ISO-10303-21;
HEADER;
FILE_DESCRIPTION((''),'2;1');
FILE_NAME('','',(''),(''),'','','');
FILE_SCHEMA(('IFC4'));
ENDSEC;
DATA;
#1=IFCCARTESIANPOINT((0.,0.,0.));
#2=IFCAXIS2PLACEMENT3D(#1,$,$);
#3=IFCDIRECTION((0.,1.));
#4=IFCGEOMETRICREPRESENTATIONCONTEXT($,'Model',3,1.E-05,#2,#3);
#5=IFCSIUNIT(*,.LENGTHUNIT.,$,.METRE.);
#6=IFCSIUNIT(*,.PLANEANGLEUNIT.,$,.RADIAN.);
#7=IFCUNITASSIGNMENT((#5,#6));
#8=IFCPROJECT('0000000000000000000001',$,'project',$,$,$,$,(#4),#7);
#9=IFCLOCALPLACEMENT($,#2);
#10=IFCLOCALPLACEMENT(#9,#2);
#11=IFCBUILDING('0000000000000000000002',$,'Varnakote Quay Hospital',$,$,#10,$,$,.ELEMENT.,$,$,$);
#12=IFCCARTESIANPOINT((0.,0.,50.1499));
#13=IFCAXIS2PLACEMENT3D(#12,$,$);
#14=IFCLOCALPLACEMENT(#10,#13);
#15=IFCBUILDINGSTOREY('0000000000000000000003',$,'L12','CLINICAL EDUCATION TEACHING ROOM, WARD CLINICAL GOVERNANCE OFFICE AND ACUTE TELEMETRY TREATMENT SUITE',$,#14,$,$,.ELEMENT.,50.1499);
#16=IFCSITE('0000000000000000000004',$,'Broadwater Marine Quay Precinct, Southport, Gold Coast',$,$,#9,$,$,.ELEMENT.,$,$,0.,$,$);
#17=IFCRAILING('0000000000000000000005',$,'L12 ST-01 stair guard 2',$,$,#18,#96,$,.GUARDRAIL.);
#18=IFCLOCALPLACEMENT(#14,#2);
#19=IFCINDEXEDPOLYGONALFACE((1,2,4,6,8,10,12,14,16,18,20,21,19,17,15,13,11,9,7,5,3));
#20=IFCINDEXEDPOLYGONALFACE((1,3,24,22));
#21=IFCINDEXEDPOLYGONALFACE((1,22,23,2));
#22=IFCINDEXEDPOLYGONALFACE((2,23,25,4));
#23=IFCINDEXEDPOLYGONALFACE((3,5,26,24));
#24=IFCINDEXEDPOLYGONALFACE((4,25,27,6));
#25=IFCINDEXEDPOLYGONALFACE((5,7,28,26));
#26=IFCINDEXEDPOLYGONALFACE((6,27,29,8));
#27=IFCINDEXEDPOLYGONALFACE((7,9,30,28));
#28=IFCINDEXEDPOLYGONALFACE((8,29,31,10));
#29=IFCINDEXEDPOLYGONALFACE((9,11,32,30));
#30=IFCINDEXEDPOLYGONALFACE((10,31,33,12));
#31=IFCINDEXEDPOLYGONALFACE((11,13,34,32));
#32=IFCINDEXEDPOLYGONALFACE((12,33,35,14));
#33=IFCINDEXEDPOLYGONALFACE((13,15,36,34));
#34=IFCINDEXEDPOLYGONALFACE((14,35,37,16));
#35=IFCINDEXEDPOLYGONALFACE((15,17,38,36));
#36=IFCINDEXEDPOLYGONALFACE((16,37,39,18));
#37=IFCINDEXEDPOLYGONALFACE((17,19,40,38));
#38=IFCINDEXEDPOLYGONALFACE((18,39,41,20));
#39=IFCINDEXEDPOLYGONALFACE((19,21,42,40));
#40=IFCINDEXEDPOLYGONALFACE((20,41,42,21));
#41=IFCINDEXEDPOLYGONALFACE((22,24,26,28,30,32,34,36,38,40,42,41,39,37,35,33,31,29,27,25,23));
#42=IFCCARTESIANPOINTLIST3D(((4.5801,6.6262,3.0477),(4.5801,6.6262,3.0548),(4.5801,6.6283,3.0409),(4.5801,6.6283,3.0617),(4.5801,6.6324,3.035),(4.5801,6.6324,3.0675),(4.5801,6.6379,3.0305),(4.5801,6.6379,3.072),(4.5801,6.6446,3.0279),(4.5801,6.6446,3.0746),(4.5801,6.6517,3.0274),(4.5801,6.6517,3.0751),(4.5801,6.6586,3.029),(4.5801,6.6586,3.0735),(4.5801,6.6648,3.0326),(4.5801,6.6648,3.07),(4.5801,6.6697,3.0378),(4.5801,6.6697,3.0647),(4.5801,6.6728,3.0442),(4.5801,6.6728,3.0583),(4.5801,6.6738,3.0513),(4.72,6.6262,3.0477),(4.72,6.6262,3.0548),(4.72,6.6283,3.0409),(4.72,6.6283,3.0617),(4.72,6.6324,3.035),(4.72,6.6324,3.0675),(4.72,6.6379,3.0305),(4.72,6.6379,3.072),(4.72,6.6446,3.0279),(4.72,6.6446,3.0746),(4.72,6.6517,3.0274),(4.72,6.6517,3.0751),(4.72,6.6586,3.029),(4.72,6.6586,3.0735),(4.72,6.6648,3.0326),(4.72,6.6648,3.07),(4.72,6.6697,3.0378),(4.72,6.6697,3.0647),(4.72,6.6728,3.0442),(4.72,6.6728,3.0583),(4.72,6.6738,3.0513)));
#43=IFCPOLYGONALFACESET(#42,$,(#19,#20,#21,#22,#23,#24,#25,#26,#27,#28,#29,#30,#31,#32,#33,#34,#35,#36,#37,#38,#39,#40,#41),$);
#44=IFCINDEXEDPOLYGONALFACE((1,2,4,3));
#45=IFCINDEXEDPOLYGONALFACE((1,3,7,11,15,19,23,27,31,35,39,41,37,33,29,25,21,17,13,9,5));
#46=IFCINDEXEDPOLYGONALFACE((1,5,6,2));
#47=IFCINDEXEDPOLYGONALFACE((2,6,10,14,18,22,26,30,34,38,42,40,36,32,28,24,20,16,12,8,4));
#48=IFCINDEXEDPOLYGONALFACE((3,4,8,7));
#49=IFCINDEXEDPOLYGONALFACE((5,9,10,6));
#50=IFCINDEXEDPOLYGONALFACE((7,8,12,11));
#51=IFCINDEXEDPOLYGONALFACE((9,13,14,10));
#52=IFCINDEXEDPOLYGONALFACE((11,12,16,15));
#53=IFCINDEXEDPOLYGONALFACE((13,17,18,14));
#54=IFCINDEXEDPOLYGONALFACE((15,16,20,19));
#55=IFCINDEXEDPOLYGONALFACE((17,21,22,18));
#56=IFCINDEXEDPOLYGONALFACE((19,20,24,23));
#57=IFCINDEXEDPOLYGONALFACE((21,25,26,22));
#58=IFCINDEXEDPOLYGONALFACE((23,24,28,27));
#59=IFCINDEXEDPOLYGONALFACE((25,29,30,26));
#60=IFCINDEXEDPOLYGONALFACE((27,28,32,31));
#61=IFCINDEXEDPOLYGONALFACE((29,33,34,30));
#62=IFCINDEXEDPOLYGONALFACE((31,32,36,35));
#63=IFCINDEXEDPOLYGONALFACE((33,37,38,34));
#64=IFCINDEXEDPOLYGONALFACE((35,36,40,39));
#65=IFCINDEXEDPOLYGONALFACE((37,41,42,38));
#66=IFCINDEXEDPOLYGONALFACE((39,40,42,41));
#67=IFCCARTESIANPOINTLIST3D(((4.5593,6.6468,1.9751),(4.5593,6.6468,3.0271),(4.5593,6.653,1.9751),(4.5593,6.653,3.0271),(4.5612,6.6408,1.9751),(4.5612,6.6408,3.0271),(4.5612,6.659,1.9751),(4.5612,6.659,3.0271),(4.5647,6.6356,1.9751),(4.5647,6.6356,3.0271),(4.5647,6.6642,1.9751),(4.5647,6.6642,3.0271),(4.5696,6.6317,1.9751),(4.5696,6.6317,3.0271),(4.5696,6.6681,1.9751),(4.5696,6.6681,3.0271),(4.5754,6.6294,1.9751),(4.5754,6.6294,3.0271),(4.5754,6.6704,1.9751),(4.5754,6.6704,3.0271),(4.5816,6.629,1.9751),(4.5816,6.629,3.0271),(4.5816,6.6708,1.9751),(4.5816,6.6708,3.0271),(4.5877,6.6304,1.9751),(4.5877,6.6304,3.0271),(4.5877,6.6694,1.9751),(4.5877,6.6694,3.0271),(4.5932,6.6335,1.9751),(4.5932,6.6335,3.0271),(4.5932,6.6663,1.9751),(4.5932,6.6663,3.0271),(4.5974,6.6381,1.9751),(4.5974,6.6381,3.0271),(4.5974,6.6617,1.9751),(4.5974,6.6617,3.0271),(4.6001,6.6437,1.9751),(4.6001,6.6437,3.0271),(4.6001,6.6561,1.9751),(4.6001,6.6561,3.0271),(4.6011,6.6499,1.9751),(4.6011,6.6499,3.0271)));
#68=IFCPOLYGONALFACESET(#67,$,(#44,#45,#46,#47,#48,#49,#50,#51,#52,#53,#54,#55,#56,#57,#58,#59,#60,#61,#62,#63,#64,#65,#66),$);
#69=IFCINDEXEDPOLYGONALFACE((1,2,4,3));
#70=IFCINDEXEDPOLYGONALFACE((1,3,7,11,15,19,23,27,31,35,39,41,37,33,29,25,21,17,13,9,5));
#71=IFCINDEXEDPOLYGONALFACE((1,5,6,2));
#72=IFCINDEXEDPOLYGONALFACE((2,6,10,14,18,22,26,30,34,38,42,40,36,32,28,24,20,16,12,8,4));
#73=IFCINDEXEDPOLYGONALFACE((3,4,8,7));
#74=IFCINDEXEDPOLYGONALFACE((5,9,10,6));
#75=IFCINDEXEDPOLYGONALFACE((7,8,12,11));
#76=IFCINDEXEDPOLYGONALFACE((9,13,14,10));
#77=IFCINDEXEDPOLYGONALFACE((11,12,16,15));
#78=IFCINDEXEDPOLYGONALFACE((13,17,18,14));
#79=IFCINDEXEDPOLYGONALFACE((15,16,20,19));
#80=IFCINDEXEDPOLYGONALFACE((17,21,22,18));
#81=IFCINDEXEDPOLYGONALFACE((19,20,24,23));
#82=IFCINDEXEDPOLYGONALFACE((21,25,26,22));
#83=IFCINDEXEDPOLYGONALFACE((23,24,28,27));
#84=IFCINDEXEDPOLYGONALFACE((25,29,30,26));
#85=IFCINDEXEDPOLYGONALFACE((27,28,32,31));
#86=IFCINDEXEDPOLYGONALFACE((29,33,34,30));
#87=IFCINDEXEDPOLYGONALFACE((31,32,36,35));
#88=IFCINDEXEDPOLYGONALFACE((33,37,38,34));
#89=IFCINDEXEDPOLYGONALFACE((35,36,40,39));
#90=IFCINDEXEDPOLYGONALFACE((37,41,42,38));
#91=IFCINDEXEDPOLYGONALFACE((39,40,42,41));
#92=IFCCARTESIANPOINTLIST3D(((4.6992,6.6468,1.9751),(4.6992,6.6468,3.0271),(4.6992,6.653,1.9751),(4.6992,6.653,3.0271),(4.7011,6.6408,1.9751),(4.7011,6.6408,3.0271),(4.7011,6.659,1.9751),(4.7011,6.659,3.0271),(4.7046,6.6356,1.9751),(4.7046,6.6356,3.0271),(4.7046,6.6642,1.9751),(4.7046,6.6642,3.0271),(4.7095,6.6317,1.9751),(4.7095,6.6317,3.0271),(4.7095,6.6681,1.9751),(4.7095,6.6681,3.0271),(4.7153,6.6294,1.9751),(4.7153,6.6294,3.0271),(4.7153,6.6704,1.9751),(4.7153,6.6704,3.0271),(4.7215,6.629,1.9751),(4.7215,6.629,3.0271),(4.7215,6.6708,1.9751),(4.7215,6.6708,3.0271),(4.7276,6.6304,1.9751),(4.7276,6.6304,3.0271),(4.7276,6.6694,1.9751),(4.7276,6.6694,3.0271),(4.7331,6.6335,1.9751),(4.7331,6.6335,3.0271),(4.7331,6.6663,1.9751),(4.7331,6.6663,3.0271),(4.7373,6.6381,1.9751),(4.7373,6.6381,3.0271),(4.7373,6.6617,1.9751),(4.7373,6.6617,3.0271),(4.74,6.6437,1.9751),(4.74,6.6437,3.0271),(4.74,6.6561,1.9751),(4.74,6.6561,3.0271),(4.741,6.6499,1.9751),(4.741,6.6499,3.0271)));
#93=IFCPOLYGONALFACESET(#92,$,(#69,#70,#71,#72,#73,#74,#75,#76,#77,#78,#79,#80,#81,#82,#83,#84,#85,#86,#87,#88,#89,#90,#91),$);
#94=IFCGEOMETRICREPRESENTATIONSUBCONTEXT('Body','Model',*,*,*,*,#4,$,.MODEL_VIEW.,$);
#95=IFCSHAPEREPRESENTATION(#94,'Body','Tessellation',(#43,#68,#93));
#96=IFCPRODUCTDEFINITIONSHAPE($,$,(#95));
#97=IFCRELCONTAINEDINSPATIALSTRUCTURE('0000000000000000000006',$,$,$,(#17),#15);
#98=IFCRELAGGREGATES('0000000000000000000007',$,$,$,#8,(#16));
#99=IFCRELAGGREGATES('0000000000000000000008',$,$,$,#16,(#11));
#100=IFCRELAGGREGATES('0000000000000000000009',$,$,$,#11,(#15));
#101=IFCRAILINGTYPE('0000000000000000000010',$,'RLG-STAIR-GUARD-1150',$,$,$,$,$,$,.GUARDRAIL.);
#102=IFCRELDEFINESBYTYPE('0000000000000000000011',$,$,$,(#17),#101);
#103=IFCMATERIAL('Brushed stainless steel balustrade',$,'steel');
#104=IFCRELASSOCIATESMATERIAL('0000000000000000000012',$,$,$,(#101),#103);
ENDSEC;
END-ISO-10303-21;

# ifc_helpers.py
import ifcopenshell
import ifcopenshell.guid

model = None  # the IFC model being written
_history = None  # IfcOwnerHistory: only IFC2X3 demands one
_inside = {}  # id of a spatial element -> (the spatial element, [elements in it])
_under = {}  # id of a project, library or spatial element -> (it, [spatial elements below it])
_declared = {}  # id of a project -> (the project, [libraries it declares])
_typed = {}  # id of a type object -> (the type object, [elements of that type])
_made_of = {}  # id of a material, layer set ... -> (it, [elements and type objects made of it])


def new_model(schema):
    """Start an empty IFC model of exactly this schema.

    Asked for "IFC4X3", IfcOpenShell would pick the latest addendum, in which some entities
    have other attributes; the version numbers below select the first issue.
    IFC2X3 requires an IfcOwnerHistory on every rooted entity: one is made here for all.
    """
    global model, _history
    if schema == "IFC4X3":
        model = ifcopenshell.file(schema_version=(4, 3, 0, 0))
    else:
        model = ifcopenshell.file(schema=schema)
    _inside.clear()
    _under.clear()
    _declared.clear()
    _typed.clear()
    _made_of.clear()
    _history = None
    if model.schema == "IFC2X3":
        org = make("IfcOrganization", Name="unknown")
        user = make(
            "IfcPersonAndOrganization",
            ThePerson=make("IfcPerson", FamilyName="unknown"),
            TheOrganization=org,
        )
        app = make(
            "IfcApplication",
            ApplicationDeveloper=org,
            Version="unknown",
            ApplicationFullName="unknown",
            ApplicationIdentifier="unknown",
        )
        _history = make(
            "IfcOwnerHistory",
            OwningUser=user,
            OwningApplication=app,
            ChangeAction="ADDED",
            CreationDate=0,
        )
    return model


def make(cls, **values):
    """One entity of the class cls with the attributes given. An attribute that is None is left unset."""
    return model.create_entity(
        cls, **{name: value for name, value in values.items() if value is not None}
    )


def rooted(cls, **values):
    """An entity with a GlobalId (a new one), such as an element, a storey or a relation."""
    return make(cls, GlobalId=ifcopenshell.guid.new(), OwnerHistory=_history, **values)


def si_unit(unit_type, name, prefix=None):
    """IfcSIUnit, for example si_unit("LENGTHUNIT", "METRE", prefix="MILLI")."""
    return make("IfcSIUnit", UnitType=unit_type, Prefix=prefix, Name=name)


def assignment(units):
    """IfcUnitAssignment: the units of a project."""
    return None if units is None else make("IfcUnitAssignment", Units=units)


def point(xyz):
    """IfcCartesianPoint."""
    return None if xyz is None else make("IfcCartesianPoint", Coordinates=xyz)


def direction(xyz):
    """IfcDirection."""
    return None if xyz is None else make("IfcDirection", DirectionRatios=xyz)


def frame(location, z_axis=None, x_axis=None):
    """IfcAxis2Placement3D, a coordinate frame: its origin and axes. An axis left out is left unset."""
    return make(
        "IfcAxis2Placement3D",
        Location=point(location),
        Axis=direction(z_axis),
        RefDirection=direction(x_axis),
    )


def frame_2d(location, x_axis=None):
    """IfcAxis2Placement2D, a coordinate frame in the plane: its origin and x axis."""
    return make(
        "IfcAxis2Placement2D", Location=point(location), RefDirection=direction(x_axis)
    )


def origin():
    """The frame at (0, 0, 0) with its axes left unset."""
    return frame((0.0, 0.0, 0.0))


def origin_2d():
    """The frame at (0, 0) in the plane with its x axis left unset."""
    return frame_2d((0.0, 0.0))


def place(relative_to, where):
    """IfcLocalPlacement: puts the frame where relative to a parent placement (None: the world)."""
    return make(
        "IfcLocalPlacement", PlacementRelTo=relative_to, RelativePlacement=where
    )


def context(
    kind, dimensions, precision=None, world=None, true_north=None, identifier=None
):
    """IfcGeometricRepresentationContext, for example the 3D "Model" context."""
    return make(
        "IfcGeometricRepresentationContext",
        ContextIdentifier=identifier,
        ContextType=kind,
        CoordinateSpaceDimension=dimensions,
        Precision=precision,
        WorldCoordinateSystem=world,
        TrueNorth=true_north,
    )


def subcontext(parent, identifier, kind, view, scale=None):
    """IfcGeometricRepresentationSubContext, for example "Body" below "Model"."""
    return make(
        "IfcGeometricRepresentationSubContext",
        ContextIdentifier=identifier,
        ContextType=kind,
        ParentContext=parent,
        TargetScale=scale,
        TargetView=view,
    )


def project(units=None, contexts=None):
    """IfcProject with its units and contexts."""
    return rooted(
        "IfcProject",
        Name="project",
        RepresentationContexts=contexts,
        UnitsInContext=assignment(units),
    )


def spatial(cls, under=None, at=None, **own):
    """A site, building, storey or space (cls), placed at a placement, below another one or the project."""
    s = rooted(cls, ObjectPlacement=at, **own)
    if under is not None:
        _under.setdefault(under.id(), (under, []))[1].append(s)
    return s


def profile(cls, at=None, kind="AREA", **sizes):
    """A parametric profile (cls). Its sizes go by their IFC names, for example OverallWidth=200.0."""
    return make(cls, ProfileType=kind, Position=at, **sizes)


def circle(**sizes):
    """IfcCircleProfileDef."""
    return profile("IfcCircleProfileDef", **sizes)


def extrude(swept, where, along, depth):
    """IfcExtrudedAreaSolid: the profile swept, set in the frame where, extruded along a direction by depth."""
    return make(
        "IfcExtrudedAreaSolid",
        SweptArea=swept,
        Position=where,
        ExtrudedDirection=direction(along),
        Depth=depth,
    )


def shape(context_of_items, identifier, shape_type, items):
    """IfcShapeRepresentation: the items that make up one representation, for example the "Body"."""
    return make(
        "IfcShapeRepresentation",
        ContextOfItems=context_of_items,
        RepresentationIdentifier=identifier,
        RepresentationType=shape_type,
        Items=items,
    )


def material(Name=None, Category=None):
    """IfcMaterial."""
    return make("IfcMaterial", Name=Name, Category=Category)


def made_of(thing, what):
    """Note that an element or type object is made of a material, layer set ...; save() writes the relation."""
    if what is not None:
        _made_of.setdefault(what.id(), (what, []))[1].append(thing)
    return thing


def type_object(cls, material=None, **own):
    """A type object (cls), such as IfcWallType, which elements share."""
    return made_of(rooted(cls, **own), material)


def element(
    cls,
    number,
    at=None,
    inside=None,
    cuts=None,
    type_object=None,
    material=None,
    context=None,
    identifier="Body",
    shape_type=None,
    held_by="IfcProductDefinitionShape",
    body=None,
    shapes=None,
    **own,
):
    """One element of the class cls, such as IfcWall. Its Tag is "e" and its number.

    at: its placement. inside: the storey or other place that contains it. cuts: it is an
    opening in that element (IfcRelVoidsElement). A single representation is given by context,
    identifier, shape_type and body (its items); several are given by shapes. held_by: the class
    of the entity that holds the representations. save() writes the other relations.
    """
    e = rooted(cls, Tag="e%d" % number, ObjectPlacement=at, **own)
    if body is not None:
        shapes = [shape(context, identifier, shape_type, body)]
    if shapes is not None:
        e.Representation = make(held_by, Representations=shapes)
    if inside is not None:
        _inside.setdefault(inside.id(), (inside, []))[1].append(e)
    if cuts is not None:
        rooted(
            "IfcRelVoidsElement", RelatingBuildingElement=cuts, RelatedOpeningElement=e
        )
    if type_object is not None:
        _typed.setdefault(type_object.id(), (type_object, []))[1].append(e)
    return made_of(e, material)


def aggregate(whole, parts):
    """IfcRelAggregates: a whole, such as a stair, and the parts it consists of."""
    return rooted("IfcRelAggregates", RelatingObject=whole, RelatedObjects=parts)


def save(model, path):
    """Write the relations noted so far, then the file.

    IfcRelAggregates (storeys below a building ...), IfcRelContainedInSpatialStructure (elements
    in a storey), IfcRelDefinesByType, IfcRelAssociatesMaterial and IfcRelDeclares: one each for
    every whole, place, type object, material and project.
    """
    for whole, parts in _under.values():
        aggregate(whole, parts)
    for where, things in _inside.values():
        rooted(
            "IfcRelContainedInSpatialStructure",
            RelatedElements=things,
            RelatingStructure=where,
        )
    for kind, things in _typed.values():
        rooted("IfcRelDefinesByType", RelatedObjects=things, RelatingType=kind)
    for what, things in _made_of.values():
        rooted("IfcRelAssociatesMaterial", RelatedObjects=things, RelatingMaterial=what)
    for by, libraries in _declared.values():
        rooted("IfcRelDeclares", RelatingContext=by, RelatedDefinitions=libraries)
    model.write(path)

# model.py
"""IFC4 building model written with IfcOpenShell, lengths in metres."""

from ifc_helpers import new_model, si_unit, direction, frame, origin, origin_2d, place, context, subcontext, project, spatial, circle, extrude, material, type_object, element, save


model = new_model("IFC4")

# Units and contexts
model_context = context("Model", 3, precision=1e-05, world=origin(), true_north=direction((0.0, 1.0)))
body_context = subcontext(model_context, "Body", "Model", "MODEL_VIEW")
ifc_project = project(units=[si_unit("LENGTHUNIT", "METRE"), si_unit("PLANEANGLEUNIT", "RADIAN")], contexts=[model_context])

# Site, building, storey
site_placement = place(None, origin())
site = spatial("IfcSite", under=ifc_project, at=site_placement, Name="Broadwater Marine Quay Precinct, Southport, Gold Coast", CompositionType="ELEMENT", RefElevation=0.0)
building_placement = place(site_placement, origin())
building = spatial("IfcBuilding", under=site, at=building_placement, Name="Varnakote Quay Hospital", CompositionType="ELEMENT")
storey_placement = place(building_placement, frame((0.0, 0.0, 50.1499)))
storey = spatial("IfcBuildingStorey", under=building, at=storey_placement, Name="L12", Description="CLINICAL EDUCATION TEACHING ROOM, WARD CLINICAL GOVERNANCE OFFICE AND ACUTE TELEMETRY TREATMENT SUITE", CompositionType="ELEMENT", Elevation=50.1499)

# Railing
ifc_material_1 = material(Name="Brushed stainless steel balustrade", Category="steel")
railing_type_1 = type_object("IfcRailingType", Name="RLG-STAIR-GUARD-1150", PredefinedType="GUARDRAIL", material=ifc_material_1)
railing_1_placement = place(storey_placement, frame((4.5801, 6.6499, 1.9751)))
element("IfcRailing", 1, at=railing_1_placement, inside=storey, type_object=railing_type_1, Name="L12 ST-01 stair guard 2", PredefinedType="GUARDRAIL", context=body_context, shape_type="SweptSolid", body=[
    extrude(circle(Radius=0.0239, at=origin_2d()), frame((0.0, 0.0, 1.0762), z_axis=(1.0, 0.0, 0.0), x_axis=(0.0, 1.0, 0.0)), (0.0, 0.0, 1.0), 0.1399),
    extrude(circle(Radius=0.021, at=origin_2d()), origin(), (0.0, 0.0, 1.0), 1.052),
    extrude(circle(Radius=0.021, at=origin_2d()), frame((0.1399, 0.0, 0.0)), (0.0, 0.0, 1.0), 1.052),
])

save(model, "model.ifc")
